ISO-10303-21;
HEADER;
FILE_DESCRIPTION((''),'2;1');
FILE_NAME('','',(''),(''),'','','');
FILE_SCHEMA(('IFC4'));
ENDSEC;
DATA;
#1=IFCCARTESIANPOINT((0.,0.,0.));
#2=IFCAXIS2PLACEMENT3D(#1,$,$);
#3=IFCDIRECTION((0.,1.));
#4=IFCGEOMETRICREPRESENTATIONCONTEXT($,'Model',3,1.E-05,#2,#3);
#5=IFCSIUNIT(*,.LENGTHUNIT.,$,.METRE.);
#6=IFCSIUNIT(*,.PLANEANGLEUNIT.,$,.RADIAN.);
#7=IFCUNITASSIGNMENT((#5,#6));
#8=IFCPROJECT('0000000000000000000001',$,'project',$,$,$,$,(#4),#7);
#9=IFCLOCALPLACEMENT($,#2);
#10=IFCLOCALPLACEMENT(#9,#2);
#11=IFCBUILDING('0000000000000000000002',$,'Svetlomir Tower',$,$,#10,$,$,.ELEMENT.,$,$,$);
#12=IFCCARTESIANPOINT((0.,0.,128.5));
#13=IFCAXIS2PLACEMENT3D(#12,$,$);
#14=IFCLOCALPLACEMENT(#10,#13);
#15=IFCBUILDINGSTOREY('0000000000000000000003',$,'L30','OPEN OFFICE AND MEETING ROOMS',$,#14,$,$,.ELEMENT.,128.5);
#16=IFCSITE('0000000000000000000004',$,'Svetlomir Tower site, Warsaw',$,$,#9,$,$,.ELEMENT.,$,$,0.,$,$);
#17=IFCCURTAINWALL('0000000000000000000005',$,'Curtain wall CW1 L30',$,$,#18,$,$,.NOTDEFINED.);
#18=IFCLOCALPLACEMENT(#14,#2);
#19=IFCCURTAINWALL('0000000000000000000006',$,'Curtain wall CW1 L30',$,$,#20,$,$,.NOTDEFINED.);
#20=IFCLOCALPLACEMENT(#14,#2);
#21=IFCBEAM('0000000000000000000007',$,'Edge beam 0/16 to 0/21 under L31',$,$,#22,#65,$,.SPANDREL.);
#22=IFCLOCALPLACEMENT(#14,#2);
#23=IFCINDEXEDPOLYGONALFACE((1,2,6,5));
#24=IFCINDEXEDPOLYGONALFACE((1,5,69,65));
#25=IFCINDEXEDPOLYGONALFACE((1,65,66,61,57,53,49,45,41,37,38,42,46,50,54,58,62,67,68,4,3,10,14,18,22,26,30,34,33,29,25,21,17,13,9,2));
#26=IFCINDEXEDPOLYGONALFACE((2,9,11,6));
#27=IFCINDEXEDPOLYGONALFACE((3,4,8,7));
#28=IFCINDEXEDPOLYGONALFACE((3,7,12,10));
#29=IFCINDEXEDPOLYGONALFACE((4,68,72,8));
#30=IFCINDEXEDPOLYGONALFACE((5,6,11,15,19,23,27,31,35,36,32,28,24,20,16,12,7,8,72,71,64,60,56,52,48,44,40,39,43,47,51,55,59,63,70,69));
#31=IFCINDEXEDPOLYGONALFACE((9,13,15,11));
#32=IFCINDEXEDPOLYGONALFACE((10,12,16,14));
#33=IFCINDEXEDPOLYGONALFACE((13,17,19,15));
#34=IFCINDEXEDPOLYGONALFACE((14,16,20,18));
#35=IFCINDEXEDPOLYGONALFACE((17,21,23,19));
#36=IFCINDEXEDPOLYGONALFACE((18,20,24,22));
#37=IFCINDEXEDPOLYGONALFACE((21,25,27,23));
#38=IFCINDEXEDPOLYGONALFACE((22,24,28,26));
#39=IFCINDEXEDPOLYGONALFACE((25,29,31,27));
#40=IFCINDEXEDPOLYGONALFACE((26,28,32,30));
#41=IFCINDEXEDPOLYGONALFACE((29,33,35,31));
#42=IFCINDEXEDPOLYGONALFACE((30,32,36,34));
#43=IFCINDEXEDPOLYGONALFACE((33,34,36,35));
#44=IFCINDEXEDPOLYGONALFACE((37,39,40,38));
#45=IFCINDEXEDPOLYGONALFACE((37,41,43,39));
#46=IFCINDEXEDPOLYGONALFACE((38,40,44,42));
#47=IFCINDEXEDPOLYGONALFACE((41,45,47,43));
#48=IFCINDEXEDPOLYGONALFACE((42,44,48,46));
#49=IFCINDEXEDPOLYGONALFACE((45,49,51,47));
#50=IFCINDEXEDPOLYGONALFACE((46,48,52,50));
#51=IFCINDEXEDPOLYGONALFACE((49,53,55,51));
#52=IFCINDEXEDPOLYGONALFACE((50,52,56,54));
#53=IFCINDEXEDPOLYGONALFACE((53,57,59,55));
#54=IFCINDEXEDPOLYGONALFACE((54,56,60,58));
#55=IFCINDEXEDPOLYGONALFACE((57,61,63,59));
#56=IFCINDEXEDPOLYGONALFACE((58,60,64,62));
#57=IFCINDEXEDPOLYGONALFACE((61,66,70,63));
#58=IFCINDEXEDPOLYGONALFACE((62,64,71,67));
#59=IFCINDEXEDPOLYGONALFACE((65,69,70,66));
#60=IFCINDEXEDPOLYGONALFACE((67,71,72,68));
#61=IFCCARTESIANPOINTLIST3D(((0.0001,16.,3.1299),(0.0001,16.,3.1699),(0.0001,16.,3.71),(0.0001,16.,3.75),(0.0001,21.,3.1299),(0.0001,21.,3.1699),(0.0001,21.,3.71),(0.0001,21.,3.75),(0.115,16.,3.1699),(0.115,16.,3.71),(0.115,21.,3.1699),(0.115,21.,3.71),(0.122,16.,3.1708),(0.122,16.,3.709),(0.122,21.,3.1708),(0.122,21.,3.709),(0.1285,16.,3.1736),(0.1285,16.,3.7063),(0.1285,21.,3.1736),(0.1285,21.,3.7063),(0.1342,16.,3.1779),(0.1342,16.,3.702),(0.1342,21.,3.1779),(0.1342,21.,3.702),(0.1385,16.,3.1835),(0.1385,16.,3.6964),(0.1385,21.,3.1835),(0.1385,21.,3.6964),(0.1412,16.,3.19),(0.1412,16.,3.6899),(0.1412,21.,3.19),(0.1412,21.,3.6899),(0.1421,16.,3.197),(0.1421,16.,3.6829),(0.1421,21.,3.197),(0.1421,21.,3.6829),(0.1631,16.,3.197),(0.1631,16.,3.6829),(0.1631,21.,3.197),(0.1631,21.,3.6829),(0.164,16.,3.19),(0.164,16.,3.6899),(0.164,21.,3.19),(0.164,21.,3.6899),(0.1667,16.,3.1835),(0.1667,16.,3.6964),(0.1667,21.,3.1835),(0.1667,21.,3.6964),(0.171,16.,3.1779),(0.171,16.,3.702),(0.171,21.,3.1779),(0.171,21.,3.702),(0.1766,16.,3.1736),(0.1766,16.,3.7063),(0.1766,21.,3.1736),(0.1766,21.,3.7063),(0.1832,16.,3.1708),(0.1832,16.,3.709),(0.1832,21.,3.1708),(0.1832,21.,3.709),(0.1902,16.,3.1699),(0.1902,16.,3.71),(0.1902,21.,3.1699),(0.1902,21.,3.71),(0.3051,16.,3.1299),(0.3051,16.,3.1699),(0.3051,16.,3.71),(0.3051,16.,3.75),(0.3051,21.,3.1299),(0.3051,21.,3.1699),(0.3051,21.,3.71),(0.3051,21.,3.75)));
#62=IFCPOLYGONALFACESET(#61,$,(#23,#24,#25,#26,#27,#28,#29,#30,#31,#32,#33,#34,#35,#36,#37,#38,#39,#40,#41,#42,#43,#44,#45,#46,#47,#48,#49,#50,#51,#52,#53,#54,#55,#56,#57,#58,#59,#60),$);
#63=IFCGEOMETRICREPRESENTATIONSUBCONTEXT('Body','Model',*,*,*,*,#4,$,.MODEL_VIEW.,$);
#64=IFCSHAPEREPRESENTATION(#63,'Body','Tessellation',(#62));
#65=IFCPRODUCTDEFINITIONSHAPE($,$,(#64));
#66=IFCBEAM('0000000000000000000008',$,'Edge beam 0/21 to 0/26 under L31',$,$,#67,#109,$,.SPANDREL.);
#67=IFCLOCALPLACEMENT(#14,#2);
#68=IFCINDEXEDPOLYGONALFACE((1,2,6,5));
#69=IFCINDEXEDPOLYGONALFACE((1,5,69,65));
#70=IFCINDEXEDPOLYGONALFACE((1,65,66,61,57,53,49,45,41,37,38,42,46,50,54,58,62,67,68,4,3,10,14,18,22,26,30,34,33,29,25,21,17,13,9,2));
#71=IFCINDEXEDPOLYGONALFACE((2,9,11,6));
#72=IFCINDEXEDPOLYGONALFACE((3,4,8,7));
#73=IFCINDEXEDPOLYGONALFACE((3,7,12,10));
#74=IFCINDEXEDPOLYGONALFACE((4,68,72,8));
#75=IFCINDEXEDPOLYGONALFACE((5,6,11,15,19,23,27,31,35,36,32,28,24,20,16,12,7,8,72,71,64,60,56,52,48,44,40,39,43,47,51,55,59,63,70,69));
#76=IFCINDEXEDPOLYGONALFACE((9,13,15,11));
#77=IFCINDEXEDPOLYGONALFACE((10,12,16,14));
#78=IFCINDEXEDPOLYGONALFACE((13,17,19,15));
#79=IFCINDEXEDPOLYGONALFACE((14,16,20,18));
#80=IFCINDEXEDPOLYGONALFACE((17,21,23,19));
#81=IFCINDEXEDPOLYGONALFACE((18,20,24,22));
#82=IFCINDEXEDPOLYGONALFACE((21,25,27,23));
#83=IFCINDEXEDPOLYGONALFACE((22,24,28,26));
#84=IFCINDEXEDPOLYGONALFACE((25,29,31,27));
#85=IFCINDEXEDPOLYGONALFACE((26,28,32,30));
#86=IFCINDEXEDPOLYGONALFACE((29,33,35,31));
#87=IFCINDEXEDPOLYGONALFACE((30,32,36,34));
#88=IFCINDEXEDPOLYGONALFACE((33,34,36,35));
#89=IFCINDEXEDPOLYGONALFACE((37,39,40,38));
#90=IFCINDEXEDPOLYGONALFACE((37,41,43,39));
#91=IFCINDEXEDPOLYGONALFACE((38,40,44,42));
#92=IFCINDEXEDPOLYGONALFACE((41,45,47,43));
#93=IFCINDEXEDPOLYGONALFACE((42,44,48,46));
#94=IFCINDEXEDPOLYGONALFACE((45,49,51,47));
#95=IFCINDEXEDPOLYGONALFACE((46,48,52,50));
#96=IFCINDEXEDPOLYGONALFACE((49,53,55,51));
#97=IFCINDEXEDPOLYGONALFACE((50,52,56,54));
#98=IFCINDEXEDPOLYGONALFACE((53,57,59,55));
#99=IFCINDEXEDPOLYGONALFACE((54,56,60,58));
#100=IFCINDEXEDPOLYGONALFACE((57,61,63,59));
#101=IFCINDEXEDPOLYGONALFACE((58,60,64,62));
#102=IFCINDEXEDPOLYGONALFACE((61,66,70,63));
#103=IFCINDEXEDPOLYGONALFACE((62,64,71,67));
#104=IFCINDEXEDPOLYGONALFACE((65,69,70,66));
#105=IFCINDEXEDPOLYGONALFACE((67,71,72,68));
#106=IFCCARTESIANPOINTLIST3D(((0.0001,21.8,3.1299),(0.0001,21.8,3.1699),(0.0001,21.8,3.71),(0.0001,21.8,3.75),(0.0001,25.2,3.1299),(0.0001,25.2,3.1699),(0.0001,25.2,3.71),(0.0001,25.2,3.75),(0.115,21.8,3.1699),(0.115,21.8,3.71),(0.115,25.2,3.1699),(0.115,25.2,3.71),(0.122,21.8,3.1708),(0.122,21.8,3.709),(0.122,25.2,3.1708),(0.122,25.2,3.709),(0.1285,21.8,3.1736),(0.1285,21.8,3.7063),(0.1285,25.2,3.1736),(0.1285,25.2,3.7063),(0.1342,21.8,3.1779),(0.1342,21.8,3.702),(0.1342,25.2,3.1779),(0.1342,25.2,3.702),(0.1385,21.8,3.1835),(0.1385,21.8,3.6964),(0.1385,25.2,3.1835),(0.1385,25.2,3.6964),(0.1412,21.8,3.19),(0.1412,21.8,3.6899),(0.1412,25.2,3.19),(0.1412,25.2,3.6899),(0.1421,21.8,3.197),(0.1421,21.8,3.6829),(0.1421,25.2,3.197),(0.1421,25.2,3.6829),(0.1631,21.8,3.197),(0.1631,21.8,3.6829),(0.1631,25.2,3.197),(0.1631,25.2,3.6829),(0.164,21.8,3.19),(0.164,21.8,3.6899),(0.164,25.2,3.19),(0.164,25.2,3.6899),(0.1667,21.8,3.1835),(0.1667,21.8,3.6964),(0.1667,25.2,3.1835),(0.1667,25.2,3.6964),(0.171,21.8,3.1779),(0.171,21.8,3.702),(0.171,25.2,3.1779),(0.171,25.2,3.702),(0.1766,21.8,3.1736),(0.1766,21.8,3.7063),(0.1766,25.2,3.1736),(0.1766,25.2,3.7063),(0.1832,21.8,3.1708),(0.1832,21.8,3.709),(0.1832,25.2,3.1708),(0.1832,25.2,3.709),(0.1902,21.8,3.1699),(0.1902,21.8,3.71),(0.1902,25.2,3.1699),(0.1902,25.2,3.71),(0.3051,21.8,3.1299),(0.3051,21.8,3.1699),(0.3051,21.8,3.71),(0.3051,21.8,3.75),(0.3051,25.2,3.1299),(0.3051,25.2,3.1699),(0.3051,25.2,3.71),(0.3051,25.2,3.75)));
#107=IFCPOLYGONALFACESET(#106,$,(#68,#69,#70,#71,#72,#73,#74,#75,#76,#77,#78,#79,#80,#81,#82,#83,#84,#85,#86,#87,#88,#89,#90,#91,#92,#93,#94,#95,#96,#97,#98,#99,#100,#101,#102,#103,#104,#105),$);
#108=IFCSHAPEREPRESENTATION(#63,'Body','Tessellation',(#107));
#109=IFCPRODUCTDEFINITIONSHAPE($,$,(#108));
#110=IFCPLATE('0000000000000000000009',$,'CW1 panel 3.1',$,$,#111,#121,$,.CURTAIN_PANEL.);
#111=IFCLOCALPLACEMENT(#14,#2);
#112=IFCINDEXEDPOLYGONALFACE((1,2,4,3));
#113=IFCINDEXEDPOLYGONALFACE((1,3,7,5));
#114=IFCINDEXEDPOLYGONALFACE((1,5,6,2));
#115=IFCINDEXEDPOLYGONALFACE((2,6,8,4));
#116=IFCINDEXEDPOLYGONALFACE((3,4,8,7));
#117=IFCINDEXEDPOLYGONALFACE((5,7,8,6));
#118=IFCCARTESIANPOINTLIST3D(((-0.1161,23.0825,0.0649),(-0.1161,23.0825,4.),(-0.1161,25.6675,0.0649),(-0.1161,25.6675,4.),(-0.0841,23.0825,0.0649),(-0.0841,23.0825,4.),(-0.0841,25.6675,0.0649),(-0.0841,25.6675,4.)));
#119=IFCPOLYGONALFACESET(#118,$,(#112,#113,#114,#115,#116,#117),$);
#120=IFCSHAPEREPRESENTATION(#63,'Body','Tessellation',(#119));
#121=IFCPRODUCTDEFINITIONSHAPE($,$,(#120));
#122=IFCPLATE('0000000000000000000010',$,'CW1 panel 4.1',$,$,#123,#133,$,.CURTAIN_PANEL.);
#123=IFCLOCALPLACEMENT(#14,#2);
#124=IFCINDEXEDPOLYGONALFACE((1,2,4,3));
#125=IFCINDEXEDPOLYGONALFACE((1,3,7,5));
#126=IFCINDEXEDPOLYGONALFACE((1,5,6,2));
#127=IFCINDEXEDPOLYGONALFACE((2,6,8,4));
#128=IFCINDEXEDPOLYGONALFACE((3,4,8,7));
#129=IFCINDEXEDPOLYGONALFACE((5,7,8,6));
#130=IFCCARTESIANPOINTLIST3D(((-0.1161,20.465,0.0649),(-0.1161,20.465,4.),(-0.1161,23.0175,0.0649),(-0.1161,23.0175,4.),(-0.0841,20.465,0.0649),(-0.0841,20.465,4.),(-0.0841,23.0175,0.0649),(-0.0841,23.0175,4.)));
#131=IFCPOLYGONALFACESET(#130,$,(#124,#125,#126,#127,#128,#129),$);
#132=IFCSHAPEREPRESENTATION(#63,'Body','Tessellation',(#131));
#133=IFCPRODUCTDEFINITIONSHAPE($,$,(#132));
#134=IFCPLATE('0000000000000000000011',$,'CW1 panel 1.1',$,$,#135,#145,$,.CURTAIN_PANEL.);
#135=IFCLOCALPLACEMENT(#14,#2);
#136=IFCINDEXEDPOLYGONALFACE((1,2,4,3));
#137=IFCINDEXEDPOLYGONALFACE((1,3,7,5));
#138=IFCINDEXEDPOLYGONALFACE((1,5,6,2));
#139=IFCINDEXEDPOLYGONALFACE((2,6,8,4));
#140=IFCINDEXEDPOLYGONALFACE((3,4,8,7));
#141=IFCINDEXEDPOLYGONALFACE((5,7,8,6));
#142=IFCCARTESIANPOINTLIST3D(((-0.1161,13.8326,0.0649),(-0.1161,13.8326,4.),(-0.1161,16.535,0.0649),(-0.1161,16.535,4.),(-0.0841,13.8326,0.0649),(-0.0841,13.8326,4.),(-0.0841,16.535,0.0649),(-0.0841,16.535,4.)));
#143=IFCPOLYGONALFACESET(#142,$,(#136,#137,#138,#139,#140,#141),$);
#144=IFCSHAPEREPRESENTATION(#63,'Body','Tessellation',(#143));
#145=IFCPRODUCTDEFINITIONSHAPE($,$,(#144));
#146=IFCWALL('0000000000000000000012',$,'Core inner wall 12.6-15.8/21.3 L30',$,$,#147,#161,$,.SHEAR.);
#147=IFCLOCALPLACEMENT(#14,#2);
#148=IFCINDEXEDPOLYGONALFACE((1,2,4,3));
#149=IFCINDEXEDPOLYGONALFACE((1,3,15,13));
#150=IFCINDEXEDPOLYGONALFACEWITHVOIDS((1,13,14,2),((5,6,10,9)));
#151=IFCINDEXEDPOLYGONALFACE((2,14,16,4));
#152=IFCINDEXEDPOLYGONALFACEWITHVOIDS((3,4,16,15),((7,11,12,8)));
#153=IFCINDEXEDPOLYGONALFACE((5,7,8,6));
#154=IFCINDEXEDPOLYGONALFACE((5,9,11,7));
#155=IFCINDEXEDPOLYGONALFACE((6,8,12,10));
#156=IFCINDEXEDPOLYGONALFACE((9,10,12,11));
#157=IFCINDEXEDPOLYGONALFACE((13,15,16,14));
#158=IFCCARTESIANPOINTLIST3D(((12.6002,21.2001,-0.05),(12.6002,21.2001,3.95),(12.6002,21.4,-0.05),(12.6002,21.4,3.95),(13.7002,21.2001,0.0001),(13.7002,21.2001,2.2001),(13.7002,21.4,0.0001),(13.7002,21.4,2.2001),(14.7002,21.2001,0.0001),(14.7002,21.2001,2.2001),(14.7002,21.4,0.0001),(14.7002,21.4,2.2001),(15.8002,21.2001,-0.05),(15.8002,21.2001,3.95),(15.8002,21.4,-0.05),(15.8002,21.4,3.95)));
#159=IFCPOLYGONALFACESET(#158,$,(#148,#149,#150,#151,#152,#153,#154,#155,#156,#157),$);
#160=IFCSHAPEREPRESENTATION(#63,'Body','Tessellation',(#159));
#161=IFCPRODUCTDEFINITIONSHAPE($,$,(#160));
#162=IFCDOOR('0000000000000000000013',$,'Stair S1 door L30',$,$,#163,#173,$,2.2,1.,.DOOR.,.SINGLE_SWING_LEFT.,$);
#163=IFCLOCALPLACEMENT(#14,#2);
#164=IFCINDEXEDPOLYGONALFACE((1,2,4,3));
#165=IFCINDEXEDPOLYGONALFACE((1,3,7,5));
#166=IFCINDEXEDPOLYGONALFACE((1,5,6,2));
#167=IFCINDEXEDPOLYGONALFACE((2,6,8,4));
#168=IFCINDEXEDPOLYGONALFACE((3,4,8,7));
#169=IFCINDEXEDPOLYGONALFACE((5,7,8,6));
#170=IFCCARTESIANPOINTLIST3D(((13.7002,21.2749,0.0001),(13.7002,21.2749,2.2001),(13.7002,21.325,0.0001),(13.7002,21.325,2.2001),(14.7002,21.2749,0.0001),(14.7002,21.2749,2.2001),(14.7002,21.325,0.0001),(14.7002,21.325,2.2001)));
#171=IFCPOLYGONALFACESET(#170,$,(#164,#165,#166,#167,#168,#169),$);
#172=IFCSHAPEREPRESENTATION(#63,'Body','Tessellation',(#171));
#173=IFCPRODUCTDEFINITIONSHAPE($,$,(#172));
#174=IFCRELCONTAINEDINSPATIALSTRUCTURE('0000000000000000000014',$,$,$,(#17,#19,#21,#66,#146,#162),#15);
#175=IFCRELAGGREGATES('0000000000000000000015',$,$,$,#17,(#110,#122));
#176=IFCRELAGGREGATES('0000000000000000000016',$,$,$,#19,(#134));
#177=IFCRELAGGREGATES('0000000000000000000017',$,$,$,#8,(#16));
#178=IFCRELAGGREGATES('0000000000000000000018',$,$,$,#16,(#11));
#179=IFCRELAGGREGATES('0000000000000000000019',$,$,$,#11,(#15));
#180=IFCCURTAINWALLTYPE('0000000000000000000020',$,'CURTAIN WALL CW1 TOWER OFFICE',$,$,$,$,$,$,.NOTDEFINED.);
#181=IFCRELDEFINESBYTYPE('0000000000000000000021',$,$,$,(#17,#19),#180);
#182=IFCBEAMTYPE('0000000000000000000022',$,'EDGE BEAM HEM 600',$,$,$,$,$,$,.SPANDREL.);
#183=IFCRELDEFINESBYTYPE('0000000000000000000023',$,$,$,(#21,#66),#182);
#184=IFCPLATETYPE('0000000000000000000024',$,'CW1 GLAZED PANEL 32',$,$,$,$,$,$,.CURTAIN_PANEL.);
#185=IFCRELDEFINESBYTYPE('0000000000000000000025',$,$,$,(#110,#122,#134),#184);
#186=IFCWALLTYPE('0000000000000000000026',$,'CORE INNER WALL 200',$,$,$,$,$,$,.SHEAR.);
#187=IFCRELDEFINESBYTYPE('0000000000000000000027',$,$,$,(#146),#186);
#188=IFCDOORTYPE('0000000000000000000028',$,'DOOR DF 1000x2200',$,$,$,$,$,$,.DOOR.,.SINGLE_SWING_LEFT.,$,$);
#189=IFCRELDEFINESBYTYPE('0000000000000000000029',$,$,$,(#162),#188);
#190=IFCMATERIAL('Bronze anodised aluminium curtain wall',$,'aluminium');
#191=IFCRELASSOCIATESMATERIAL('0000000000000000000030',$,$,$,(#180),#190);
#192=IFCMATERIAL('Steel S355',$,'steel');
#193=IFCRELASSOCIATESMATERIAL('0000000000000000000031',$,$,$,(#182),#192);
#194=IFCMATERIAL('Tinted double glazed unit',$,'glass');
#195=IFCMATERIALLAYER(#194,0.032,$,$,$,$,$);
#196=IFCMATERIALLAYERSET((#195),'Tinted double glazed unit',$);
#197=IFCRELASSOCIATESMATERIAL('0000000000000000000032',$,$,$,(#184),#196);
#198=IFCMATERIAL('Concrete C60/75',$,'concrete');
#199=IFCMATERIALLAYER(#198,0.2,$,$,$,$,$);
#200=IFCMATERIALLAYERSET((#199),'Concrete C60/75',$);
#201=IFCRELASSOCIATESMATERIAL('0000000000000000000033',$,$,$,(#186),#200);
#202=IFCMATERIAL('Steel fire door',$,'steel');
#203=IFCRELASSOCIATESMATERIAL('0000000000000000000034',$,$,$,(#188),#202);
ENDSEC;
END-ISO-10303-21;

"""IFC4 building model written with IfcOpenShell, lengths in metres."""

from ifc_helpers import new_model, si_unit, direction, frame, frame_2d, origin, origin_2d, place, context, subcontext, project, spatial, rectangle, i_section, extrude, material, layer, layer_set, material_profile, profile_set, type_object, element, fill, aggregate, save


model = new_model("IFC4")

# Units and contexts
model_context = context("Model", 3, precision=1e-05, world=origin(), true_north=direction((0.0, 1.0)))
body_context = subcontext(model_context, "Body", "Model", "MODEL_VIEW")
ifc_project = project(units=[si_unit("LENGTHUNIT", "METRE"), si_unit("PLANEANGLEUNIT", "RADIAN")], contexts=[model_context])

# Site, building, storey
site_placement = place(None, origin())
site = spatial("IfcSite", under=ifc_project, at=site_placement, Name="Svetlomir Tower site, Warsaw", CompositionType="ELEMENT", RefElevation=0.0)
building_placement = place(site_placement, origin())
building = spatial("IfcBuilding", under=site, at=building_placement, Name="Svetlomir Tower", CompositionType="ELEMENT")
storey_placement = place(building_placement, frame((0.0, 0.0, 128.5)))
storey = spatial("IfcBuildingStorey", under=building, at=storey_placement, Name="L30", Description="OPEN OFFICE AND MEETING ROOMS", CompositionType="ELEMENT", Elevation=128.5)

# Curtain walls
ifc_material_1 = material(Name="Bronze anodised aluminium curtain wall", Category="aluminium")
curtain_wall_type = type_object("IfcCurtainWallType", Name="CURTAIN WALL CW1 TOWER OFFICE", PredefinedType="NOTDEFINED", material=ifc_material_1)
curtain_wall_1_placement = place(storey_placement, origin())
curtain_wall_1 = element("IfcCurtainWall", 1, at=curtain_wall_1_placement, inside=storey, type_object=curtain_wall_type, Name="Curtain wall CW1 L30", PredefinedType="NOTDEFINED")
curtain_wall_2_placement = place(storey_placement, origin())
curtain_wall_2 = element("IfcCurtainWall", 2, at=curtain_wall_2_placement, inside=storey, type_object=curtain_wall_type, Name="Curtain wall CW1 L30", PredefinedType="NOTDEFINED")

# Beams
ifc_material_2 = material(Name="Steel S355", Category="steel")
ifc_material_profile_1 = material_profile(ifc_material_2, i_section(OverallWidth=0.3049, OverallDepth=0.6201, WebThickness=0.021, FlangeThickness=0.04, FilletRadius=0.0271, at=origin_2d()), Name="HEM 600")
ifc_profile_set_1 = profile_set([ifc_material_profile_1], Name="Steel S355")
beam_type_1 = type_object("IfcBeamType", Name="EDGE BEAM HEM 600", PredefinedType="SPANDREL", material=ifc_profile_set_1)
beam_1_placement = place(storey_placement, frame((0.1526, 16.0, 3.4399), z_axis=(0.0, 1.0, 0.0), x_axis=(-1.0, 0.0, 0.0)))
element("IfcBeam", 3, at=beam_1_placement, inside=storey, type_object=beam_type_1, Name="Edge beam 0/16 to 0/21 under L31", PredefinedType="SPANDREL", context=body_context, shape_type="SweptSolid", body=[
    extrude(i_section(OverallWidth=0.3049, OverallDepth=0.6201, WebThickness=0.021, FlangeThickness=0.04, FilletRadius=0.0271, at=origin_2d()), origin(), (0.0, 0.0, 1.0), 5.0),
])
beam_2_placement = place(storey_placement, frame((0.1526, 21.8, 3.4399), z_axis=(0.0, 1.0, 0.0), x_axis=(-1.0, 0.0, 0.0)))
element("IfcBeam", 4, at=beam_2_placement, inside=storey, type_object=beam_type_1, Name="Edge beam 0/21 to 0/26 under L31", PredefinedType="SPANDREL", context=body_context, shape_type="SweptSolid", body=[
    extrude(i_section(OverallWidth=0.3049, OverallDepth=0.6201, WebThickness=0.021, FlangeThickness=0.04, FilletRadius=0.0271, at=origin_2d()), origin(), (0.0, 0.0, 1.0), 3.3999),
])

# Plates
ifc_material_3 = material(Name="Tinted double glazed unit", Category="glass")
ifc_layer_1 = layer(ifc_material_3, 0.032)
ifc_layer_set_1 = layer_set([ifc_layer_1], Name="Tinted double glazed unit")
plate_type = type_object("IfcPlateType", Name="CW1 GLAZED PANEL 32", PredefinedType="CURTAIN_PANEL", material=ifc_layer_set_1)
plate_1_placement = place(storey_placement, frame((-0.1001, 24.375, 0.0649), z_axis=(0.0, 0.0, 1.0), x_axis=(0.0, -1.0, 0.0)))
plate_1 = element("IfcPlate", 5, at=plate_1_placement, type_object=plate_type, Name="CW1 panel 3.1", PredefinedType="CURTAIN_PANEL", context=body_context, shape_type="SweptSolid", body=[
    extrude(rectangle(XDim=2.585, YDim=0.032, at=origin_2d()), origin(), (0.0, 0.0, 1.0), 3.9351),
])
plate_2_placement = place(storey_placement, frame((-0.1001, 21.7412, 0.0649), z_axis=(0.0, 0.0, 1.0), x_axis=(0.0, -1.0, 0.0)))
plate_2 = element("IfcPlate", 6, at=plate_2_placement, type_object=plate_type, Name="CW1 panel 4.1", PredefinedType="CURTAIN_PANEL", context=body_context, shape_type="SweptSolid", body=[
    extrude(rectangle(XDim=2.5525, YDim=0.032, at=origin_2d()), origin(), (0.0, 0.0, 1.0), 3.9351),
])
aggregate(curtain_wall_1, [plate_1, plate_2])
plate_3_placement = place(storey_placement, frame((-0.1001, 15.1838, 0.0649), z_axis=(0.0, 0.0, 1.0), x_axis=(0.0, -1.0, 0.0)))
plate_3 = element("IfcPlate", 7, at=plate_3_placement, type_object=plate_type, Name="CW1 panel 1.1", PredefinedType="CURTAIN_PANEL", context=body_context, shape_type="SweptSolid", body=[
    extrude(rectangle(XDim=2.7024, YDim=0.032, at=origin_2d()), origin(), (0.0, 0.0, 1.0), 3.9351),
])
aggregate(curtain_wall_2, [plate_3])

# Wall, opening, door
ifc_material_4 = material(Name="Concrete C60/75", Category="concrete")
ifc_layer_2 = layer(ifc_material_4, 0.2)
ifc_layer_set_2 = layer_set([ifc_layer_2], Name="Concrete C60/75")
wall_type_1 = type_object("IfcWallType", Name="CORE INNER WALL 200", PredefinedType="SHEAR", material=ifc_layer_set_2)
wall_1_placement = place(storey_placement, frame((12.6001, 21.3, -0.05), z_axis=(0.0, 0.0, 1.0), x_axis=(1.0, 0.0, 0.0)))
wall_1 = element("IfcWall", 8, at=wall_1_placement, inside=storey, type_object=wall_type_1, Name="Core inner wall 12.6-15.8/21.3 L30", PredefinedType="SHEAR", context=body_context, shape_type="SweptSolid", body=[
    extrude(rectangle(XDim=3.2, YDim=0.2, at=frame_2d((1.6001, 0.0))), origin(), (0.0, 0.0, 1.0), 4.0),
])
opening_1_placement = place(wall_1_placement, frame((1.1001, 0.0, 0.05)))
opening_1 = element("IfcOpeningElement", 9, at=opening_1_placement, cuts=wall_1, PredefinedType="OPENING", context=body_context, shape_type="SweptSolid", body=[
    extrude(rectangle(XDim=1.0, YDim=2.2, at=frame_2d((0.5, 1.1001))), frame((0.0, 0.1099, 0.0), z_axis=(0.0, -1.0, 0.0), x_axis=(1.0, 0.0, 0.0)), (0.0, 0.0, 1.0), 0.22),
])
ifc_material_5 = material(Name="Steel fire door", Category="steel")
door_type_1 = type_object("IfcDoorType", Name="DOOR DF 1000x2200", OperationType="SINGLE_SWING_LEFT", PredefinedType="DOOR", material=ifc_material_5)
door_1_placement = place(opening_1_placement, origin())
door_1 = element("IfcDoor", 10, at=door_1_placement, inside=storey, type_object=door_type_1, Name="Stair S1 door L30", OperationType="SINGLE_SWING_LEFT", OverallHeight=2.2, OverallWidth=1.0, PredefinedType="DOOR", context=body_context, shape_type="SweptSolid", body=[
    extrude(rectangle(XDim=1.0, YDim=2.2, at=frame_2d((0.5, 1.1001))), frame((0.0, 0.0249, 0.0), z_axis=(0.0, -1.0, 0.0), x_axis=(1.0, 0.0, 0.0)), (0.0, 0.0, 1.0), 0.05),
])
fill(opening_1, door_1)

save(model, "model.ifc")
